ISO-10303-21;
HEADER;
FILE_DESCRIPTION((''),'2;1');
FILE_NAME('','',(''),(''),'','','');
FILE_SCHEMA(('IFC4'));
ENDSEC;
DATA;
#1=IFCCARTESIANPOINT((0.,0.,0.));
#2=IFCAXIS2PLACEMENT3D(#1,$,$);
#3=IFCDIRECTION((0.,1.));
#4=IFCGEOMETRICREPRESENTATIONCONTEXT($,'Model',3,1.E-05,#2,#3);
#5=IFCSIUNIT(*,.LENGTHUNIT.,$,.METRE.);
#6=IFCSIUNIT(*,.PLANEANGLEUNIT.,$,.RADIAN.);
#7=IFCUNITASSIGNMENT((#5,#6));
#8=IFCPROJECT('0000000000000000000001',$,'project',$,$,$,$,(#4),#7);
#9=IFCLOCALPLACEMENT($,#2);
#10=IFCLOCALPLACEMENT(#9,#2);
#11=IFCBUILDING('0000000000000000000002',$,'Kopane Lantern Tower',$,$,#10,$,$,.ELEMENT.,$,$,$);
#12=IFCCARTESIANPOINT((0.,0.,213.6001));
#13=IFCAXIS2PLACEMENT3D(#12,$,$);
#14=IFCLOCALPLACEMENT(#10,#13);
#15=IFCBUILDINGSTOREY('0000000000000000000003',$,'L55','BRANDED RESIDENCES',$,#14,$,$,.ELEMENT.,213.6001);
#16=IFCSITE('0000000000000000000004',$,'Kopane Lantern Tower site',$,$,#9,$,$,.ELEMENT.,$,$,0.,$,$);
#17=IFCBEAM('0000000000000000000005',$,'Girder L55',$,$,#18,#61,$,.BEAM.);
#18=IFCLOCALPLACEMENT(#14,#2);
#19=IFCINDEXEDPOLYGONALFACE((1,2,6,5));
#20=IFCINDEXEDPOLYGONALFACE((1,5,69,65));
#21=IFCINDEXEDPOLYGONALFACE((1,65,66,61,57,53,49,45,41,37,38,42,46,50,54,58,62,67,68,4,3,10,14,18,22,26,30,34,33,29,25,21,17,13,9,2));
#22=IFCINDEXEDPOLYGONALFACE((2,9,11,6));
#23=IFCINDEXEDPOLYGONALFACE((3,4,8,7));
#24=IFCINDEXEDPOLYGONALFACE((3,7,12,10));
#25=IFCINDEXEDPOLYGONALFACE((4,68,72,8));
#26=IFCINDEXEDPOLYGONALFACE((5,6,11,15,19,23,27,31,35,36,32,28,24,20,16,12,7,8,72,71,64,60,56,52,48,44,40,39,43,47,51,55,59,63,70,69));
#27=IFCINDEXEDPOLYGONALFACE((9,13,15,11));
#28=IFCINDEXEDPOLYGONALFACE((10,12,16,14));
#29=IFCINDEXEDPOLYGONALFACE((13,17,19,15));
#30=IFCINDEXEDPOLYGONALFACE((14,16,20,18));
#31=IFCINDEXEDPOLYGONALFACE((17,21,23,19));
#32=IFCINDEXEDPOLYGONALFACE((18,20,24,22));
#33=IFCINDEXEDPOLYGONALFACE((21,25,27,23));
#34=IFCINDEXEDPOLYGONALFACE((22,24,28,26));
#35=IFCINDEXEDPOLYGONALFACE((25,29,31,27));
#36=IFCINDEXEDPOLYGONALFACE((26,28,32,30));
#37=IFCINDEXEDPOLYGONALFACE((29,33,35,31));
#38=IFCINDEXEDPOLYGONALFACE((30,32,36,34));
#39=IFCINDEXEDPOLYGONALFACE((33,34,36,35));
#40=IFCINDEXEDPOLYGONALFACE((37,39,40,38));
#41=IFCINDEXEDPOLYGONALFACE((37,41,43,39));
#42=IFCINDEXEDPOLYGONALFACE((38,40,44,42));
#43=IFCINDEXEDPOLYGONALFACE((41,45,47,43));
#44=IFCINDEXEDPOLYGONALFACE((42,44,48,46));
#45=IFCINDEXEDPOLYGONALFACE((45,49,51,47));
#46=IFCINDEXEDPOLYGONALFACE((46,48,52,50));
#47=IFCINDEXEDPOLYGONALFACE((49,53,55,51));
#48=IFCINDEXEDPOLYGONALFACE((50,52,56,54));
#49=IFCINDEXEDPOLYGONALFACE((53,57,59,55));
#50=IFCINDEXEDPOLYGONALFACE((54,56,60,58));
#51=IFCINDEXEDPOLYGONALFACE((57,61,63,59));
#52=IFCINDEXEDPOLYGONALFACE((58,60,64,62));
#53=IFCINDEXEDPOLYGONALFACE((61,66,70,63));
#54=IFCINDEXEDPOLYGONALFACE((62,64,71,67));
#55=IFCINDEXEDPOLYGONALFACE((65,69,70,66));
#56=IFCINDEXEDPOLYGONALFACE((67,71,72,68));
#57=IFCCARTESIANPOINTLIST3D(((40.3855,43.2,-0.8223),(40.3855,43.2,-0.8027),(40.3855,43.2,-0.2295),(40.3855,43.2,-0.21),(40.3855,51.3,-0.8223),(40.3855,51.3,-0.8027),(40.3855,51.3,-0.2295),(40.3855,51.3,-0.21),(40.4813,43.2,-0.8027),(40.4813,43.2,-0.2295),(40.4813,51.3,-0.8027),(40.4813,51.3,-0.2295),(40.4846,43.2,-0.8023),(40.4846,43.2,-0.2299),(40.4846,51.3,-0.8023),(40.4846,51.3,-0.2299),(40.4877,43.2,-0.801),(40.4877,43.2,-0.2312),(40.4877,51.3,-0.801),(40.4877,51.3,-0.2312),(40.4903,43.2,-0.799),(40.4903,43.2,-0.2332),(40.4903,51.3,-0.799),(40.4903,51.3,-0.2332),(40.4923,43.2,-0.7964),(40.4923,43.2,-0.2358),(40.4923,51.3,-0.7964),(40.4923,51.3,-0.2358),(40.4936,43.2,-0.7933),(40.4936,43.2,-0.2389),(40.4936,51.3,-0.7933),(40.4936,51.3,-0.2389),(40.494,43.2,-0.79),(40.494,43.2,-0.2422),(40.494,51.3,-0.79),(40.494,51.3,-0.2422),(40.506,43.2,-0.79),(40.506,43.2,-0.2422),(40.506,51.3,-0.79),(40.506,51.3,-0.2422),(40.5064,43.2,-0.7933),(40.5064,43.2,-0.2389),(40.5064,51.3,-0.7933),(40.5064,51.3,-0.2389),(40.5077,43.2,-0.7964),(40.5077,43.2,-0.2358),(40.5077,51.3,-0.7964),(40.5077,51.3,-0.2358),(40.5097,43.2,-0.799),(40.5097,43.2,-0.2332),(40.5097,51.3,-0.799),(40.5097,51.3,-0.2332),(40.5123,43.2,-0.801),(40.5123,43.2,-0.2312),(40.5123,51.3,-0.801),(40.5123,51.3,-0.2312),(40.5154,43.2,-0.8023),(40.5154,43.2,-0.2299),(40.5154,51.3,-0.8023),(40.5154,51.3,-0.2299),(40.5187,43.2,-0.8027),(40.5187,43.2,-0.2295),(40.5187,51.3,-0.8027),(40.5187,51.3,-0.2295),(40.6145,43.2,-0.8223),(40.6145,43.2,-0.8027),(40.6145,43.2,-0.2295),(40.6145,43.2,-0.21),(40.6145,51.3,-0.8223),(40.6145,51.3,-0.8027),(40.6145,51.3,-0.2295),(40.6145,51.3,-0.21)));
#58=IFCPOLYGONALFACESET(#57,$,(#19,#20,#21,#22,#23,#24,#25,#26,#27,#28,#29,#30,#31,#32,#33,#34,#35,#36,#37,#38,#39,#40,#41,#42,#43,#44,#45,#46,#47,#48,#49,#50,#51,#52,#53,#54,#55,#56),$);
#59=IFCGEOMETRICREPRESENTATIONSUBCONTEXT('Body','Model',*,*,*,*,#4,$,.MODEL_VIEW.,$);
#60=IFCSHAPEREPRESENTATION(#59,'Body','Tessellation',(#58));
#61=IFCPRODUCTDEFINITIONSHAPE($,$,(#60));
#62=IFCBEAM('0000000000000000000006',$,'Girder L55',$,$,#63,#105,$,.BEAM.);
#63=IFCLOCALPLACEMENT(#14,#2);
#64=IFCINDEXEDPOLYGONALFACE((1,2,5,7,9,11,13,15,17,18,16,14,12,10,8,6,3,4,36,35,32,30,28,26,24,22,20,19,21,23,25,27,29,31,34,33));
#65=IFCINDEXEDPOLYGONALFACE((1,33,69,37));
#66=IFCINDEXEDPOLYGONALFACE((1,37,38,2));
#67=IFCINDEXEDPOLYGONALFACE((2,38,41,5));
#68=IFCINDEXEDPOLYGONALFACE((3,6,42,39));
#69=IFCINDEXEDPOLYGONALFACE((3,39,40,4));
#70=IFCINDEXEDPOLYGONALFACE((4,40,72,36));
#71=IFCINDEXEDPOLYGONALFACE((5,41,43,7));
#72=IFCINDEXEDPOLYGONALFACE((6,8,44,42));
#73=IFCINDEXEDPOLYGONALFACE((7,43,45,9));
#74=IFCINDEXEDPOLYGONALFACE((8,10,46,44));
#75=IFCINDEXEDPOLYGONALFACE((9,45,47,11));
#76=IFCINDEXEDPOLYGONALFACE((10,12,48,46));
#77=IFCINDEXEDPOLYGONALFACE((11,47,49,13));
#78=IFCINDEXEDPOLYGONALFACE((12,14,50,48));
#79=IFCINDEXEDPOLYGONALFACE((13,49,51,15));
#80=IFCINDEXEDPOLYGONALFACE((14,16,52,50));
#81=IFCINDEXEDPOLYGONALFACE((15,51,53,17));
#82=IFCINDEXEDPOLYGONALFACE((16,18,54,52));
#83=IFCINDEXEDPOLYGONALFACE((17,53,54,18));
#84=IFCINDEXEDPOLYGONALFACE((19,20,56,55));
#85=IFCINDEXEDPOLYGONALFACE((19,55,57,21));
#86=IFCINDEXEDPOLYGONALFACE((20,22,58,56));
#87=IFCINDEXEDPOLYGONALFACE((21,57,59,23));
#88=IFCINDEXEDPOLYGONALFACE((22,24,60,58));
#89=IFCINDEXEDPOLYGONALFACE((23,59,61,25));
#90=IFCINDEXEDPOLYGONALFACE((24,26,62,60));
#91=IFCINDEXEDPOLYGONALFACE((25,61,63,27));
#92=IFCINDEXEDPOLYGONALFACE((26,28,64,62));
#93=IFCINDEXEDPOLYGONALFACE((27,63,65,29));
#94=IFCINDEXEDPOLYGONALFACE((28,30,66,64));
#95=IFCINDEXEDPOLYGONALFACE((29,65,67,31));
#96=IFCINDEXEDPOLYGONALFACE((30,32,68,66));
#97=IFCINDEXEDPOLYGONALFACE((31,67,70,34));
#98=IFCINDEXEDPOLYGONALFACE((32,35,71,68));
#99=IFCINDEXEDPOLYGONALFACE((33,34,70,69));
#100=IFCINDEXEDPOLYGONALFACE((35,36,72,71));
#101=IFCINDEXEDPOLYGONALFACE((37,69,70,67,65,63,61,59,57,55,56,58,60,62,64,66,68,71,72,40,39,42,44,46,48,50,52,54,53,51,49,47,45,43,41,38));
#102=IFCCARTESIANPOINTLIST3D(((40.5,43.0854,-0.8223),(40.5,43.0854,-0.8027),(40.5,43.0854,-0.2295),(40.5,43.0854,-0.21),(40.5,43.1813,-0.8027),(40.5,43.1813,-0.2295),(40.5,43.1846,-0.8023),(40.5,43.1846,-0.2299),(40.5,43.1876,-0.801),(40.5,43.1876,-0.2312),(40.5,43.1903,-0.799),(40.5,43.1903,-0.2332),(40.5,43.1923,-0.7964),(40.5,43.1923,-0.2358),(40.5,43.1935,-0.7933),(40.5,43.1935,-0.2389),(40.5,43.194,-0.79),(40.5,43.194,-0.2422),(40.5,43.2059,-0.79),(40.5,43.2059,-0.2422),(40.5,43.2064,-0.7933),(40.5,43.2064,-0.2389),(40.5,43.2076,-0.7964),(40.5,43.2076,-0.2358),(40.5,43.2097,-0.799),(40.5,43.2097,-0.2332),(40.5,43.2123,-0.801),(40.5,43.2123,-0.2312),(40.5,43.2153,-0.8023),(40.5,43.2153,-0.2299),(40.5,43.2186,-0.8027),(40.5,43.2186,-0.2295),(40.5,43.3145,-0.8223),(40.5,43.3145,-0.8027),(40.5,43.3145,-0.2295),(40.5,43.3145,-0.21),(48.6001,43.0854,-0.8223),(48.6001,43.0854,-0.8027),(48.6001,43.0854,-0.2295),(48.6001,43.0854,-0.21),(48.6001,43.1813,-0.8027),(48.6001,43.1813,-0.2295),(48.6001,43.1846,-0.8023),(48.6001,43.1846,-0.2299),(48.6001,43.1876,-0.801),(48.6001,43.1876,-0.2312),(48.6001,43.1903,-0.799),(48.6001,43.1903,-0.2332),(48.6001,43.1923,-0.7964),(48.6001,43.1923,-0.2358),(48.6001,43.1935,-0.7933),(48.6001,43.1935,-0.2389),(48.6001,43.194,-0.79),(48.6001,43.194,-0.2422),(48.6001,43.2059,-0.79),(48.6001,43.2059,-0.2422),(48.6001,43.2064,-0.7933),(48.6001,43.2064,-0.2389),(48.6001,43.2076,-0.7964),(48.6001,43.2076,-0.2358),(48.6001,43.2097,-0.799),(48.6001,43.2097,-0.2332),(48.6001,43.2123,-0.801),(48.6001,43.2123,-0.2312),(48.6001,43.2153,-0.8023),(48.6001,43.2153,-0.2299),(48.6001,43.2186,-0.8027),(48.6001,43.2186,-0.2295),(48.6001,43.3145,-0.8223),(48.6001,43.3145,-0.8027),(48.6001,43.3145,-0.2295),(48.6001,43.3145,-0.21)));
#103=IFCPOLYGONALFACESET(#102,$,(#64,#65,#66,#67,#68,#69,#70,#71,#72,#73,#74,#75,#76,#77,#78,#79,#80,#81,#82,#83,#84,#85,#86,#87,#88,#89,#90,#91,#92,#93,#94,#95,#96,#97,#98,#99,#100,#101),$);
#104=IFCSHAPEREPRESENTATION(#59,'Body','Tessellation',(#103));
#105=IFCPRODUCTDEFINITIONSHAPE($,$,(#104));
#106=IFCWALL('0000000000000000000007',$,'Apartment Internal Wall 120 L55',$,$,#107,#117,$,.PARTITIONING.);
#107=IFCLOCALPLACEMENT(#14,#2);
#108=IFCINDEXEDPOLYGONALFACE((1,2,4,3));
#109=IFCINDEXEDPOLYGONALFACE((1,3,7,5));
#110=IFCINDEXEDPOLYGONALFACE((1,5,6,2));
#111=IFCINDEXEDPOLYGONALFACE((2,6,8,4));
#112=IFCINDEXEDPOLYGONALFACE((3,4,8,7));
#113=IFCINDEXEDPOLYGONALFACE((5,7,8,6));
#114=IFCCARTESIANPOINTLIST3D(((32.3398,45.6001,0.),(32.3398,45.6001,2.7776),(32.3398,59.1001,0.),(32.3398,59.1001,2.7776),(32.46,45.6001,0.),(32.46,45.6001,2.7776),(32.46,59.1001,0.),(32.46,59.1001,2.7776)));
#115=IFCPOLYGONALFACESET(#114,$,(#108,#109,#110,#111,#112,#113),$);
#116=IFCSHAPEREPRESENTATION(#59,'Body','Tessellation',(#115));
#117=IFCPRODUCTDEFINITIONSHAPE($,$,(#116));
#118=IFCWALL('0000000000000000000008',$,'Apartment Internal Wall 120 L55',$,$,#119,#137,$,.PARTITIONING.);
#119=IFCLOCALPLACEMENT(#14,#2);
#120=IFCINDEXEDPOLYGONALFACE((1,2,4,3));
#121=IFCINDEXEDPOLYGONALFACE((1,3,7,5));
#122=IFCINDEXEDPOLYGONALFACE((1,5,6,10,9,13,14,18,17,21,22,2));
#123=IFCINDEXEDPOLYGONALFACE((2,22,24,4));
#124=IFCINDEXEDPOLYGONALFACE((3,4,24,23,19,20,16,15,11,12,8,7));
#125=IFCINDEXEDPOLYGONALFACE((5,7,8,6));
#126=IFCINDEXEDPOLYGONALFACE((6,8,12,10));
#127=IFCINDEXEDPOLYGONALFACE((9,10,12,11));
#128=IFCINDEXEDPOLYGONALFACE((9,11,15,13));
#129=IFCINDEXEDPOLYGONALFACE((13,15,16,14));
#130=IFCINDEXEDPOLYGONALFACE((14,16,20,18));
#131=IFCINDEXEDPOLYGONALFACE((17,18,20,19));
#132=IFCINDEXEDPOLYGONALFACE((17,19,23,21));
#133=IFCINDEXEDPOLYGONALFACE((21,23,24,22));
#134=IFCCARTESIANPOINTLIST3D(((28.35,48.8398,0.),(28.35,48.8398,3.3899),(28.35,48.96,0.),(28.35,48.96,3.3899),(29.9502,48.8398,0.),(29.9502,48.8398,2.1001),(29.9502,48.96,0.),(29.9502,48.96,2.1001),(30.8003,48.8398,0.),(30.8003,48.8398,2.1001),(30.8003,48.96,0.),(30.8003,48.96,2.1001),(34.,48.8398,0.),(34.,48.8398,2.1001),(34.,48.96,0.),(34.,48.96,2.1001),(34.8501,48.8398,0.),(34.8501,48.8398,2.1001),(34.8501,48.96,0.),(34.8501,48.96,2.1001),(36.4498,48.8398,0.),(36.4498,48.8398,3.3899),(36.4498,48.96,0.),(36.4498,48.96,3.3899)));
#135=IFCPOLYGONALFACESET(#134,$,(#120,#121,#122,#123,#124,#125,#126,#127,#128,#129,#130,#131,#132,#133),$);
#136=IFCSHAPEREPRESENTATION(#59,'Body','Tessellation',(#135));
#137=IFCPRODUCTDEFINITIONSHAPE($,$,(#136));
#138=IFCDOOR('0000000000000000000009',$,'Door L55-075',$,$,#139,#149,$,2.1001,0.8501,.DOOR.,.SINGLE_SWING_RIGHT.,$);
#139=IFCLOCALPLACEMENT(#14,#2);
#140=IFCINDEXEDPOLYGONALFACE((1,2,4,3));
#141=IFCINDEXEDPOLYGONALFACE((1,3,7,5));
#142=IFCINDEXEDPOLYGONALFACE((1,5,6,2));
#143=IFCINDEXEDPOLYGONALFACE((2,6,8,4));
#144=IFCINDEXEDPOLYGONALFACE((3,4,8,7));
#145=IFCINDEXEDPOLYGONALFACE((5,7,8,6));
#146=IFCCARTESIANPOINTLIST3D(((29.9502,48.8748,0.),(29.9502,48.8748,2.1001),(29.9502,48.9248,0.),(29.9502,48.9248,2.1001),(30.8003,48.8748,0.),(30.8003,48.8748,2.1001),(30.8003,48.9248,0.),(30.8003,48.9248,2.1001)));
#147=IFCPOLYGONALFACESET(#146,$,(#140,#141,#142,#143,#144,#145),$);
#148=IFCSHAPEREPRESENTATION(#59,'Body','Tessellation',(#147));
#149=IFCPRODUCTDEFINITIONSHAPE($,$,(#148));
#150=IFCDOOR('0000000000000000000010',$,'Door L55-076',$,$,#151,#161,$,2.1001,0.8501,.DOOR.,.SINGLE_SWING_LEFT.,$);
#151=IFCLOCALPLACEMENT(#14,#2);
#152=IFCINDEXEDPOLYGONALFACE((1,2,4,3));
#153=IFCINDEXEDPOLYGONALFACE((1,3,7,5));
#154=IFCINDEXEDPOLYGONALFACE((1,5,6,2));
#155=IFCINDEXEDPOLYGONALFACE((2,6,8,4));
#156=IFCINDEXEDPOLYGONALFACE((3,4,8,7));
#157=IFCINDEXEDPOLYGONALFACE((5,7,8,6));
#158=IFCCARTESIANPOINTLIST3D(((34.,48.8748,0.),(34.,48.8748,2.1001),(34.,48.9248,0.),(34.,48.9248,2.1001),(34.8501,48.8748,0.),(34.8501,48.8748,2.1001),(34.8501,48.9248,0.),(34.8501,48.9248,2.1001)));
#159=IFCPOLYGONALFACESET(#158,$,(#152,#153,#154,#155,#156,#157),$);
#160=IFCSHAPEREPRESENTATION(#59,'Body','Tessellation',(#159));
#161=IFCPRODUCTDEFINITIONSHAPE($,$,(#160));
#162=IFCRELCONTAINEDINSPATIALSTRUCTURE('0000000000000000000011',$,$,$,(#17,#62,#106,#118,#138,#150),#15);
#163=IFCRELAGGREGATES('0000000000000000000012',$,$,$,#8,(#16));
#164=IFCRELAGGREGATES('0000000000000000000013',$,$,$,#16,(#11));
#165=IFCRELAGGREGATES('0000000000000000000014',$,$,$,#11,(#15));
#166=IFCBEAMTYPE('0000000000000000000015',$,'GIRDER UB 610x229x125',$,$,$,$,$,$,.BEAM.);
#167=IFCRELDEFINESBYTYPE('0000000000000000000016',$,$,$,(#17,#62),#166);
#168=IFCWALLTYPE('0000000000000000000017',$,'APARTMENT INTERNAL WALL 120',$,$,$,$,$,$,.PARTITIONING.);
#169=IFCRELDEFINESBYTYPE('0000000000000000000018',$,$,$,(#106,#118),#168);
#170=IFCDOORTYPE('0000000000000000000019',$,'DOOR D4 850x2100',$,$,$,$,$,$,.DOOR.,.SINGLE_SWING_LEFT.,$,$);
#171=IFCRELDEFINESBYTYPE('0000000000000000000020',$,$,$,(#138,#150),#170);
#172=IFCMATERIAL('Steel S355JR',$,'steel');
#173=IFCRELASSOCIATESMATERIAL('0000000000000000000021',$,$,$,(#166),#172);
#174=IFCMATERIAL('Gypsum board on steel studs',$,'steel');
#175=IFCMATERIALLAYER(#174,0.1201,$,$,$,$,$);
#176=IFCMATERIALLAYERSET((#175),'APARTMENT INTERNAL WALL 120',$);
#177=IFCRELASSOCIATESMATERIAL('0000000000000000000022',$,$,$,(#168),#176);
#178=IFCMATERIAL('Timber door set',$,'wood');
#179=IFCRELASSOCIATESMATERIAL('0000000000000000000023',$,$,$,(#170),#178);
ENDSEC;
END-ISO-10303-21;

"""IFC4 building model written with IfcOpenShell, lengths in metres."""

from ifc_helpers import new_model, si_unit, direction, frame, frame_2d, origin, origin_2d, place, context, subcontext, project, spatial, rectangle, i_section, extrude, material, layer, layer_set, material_profile, profile_set, type_object, element, fill, save


model = new_model("IFC4")

# Units and contexts
model_context = context("Model", 3, precision=1e-05, world=origin(), true_north=direction((0.0, 1.0)))
body_context = subcontext(model_context, "Body", "Model", "MODEL_VIEW")
ifc_project = project(units=[si_unit("LENGTHUNIT", "METRE"), si_unit("PLANEANGLEUNIT", "RADIAN")], contexts=[model_context])

# Site, building, storey
site_placement = place(None, origin())
site = spatial("IfcSite", under=ifc_project, at=site_placement, Name="Kopane Lantern Tower site", CompositionType="ELEMENT", RefElevation=0.0)
building_placement = place(site_placement, origin())
building = spatial("IfcBuilding", under=site, at=building_placement, Name="Kopane Lantern Tower", CompositionType="ELEMENT")
storey_placement = place(building_placement, frame((0.0, 0.0, 213.6001)))
storey = spatial("IfcBuildingStorey", under=building, at=storey_placement, Name="L55", Description="BRANDED RESIDENCES", CompositionType="ELEMENT", Elevation=213.6001)

# Beams
ifc_material_1 = material(Name="Steel S355JR", Category="steel")
ifc_material_profile_1 = material_profile(ifc_material_1, i_section(OverallWidth=0.229, OverallDepth=0.6123, WebThickness=0.012, FlangeThickness=0.0195, FilletRadius=0.0127, at=origin_2d()), Name="UB 610x229x125")
ifc_profile_set_1 = profile_set([ifc_material_profile_1], Name="Steel S355JR")
beam_type_1 = type_object("IfcBeamType", Name="GIRDER UB 610x229x125", PredefinedType="BEAM", material=ifc_profile_set_1)
for number, where, z_axis, x_axis, name in (
    (1, (40.5, 43.2, -0.5161), (0.0, 1.0, 0.0), (-1.0, 0.0, 0.0), "Girder L55"),
    (2, (40.5, 43.2, -0.5161), (1.0, 0.0, 0.0), (0.0, 1.0, 0.0), "Girder L55"),
):
    element("IfcBeam", number, at=place(storey_placement, frame(where, z_axis=z_axis, x_axis=x_axis)), inside=storey, type_object=beam_type_1, Name=name, PredefinedType="BEAM", context=body_context, shape_type="SweptSolid", body=[
        extrude(i_section(OverallWidth=0.229, OverallDepth=0.6123, WebThickness=0.012, FlangeThickness=0.0195, FilletRadius=0.0127, at=origin_2d()), origin(), (0.0, 0.0, 1.0), 8.1001),
    ])

# Wall
ifc_material_2 = material(Name="Gypsum board on steel studs", Category="steel")
ifc_layer_1 = layer(ifc_material_2, 0.1201)
ifc_layer_set_1 = layer_set([ifc_layer_1], Name="APARTMENT INTERNAL WALL 120")
wall_type_1 = type_object("IfcWallType", Name="APARTMENT INTERNAL WALL 120", PredefinedType="PARTITIONING", material=ifc_layer_set_1)
wall_1_placement = place(storey_placement, frame((32.3999, 45.6001, 0.0), z_axis=(0.0, 0.0, 1.0), x_axis=(0.0, 1.0, 0.0)))
element("IfcWall", 3, at=wall_1_placement, inside=storey, type_object=wall_type_1, Name="Apartment Internal Wall 120 L55", PredefinedType="PARTITIONING", context=body_context, shape_type="SweptSolid", body=[
    extrude(rectangle(XDim=13.5, YDim=0.1201, at=frame_2d((6.75, 0.0))), origin(), (0.0, 0.0, 1.0), 2.7776),
])

# Wall, openings, doors
wall_2_placement = place(storey_placement, frame((28.3501, 48.8999, 0.0), z_axis=(0.0, 0.0, 1.0), x_axis=(1.0, 0.0, 0.0)))
wall_2 = element("IfcWall", 4, at=wall_2_placement, inside=storey, type_object=wall_type_1, Name="Apartment Internal Wall 120 L55", PredefinedType="PARTITIONING", context=body_context, shape_type="SweptSolid", body=[
    extrude(rectangle(XDim=8.0999, YDim=0.1201, at=frame_2d((4.0498, 0.0))), origin(), (0.0, 0.0, 1.0), 3.3899),
])
opening_1_placement = place(wall_2_placement, frame((1.6001, 0.0, 0.0)))
opening_1 = element("IfcOpeningElement", 5, at=opening_1_placement, cuts=wall_2, PredefinedType="OPENING", context=body_context, shape_type="SweptSolid", body=[
    extrude(rectangle(XDim=0.8501, YDim=2.1001, at=frame_2d((0.425, 1.05))), frame((0.0, 0.0701, 0.0), z_axis=(0.0, -1.0, 0.0), x_axis=(1.0, 0.0, 0.0)), (0.0, 0.0, 1.0), 0.1401),
])
opening_2_placement = place(wall_2_placement, frame((5.6499, 0.0, 0.0)))
opening_2 = element("IfcOpeningElement", 6, at=opening_2_placement, cuts=wall_2, PredefinedType="OPENING", context=body_context, shape_type="SweptSolid", body=[
    extrude(rectangle(XDim=0.8501, YDim=2.1001, at=frame_2d((0.425, 1.05))), frame((0.0, 0.0701, 0.0), z_axis=(0.0, -1.0, 0.0), x_axis=(1.0, 0.0, 0.0)), (0.0, 0.0, 1.0), 0.1401),
])
ifc_material_3 = material(Name="Timber door set", Category="wood")
door_type_1 = type_object("IfcDoorType", Name="DOOR D4 850x2100", OperationType="SINGLE_SWING_LEFT", PredefinedType="DOOR", material=ifc_material_3)
door_1_placement = place(opening_1_placement, origin())
door_1 = element("IfcDoor", 7, at=door_1_placement, inside=storey, type_object=door_type_1, Name="Door L55-075", OperationType="SINGLE_SWING_RIGHT", OverallHeight=2.1001, OverallWidth=0.8501, PredefinedType="DOOR", context=body_context, shape_type="SweptSolid", body=[
    extrude(rectangle(XDim=0.8501, YDim=2.1001, at=frame_2d((0.425, 1.05))), frame((0.0, 0.0249, 0.0), z_axis=(0.0, -1.0, 0.0), x_axis=(1.0, 0.0, 0.0)), (0.0, 0.0, 1.0), 0.05),
])
fill(opening_1, door_1)
door_2_placement = place(opening_2_placement, origin())
door_2 = element("IfcDoor", 8, at=door_2_placement, inside=storey, type_object=door_type_1, Name="Door L55-076", OperationType="SINGLE_SWING_LEFT", OverallHeight=2.1001, OverallWidth=0.8501, PredefinedType="DOOR", context=body_context, shape_type="SweptSolid", body=[
    extrude(rectangle(XDim=0.8501, YDim=2.1001, at=frame_2d((0.425, 1.05))), frame((0.0, 0.0249, 0.0), z_axis=(0.0, -1.0, 0.0), x_axis=(1.0, 0.0, 0.0)), (0.0, 0.0, 1.0), 0.05),
])
fill(opening_2, door_2)

save(model, "model.ifc")
